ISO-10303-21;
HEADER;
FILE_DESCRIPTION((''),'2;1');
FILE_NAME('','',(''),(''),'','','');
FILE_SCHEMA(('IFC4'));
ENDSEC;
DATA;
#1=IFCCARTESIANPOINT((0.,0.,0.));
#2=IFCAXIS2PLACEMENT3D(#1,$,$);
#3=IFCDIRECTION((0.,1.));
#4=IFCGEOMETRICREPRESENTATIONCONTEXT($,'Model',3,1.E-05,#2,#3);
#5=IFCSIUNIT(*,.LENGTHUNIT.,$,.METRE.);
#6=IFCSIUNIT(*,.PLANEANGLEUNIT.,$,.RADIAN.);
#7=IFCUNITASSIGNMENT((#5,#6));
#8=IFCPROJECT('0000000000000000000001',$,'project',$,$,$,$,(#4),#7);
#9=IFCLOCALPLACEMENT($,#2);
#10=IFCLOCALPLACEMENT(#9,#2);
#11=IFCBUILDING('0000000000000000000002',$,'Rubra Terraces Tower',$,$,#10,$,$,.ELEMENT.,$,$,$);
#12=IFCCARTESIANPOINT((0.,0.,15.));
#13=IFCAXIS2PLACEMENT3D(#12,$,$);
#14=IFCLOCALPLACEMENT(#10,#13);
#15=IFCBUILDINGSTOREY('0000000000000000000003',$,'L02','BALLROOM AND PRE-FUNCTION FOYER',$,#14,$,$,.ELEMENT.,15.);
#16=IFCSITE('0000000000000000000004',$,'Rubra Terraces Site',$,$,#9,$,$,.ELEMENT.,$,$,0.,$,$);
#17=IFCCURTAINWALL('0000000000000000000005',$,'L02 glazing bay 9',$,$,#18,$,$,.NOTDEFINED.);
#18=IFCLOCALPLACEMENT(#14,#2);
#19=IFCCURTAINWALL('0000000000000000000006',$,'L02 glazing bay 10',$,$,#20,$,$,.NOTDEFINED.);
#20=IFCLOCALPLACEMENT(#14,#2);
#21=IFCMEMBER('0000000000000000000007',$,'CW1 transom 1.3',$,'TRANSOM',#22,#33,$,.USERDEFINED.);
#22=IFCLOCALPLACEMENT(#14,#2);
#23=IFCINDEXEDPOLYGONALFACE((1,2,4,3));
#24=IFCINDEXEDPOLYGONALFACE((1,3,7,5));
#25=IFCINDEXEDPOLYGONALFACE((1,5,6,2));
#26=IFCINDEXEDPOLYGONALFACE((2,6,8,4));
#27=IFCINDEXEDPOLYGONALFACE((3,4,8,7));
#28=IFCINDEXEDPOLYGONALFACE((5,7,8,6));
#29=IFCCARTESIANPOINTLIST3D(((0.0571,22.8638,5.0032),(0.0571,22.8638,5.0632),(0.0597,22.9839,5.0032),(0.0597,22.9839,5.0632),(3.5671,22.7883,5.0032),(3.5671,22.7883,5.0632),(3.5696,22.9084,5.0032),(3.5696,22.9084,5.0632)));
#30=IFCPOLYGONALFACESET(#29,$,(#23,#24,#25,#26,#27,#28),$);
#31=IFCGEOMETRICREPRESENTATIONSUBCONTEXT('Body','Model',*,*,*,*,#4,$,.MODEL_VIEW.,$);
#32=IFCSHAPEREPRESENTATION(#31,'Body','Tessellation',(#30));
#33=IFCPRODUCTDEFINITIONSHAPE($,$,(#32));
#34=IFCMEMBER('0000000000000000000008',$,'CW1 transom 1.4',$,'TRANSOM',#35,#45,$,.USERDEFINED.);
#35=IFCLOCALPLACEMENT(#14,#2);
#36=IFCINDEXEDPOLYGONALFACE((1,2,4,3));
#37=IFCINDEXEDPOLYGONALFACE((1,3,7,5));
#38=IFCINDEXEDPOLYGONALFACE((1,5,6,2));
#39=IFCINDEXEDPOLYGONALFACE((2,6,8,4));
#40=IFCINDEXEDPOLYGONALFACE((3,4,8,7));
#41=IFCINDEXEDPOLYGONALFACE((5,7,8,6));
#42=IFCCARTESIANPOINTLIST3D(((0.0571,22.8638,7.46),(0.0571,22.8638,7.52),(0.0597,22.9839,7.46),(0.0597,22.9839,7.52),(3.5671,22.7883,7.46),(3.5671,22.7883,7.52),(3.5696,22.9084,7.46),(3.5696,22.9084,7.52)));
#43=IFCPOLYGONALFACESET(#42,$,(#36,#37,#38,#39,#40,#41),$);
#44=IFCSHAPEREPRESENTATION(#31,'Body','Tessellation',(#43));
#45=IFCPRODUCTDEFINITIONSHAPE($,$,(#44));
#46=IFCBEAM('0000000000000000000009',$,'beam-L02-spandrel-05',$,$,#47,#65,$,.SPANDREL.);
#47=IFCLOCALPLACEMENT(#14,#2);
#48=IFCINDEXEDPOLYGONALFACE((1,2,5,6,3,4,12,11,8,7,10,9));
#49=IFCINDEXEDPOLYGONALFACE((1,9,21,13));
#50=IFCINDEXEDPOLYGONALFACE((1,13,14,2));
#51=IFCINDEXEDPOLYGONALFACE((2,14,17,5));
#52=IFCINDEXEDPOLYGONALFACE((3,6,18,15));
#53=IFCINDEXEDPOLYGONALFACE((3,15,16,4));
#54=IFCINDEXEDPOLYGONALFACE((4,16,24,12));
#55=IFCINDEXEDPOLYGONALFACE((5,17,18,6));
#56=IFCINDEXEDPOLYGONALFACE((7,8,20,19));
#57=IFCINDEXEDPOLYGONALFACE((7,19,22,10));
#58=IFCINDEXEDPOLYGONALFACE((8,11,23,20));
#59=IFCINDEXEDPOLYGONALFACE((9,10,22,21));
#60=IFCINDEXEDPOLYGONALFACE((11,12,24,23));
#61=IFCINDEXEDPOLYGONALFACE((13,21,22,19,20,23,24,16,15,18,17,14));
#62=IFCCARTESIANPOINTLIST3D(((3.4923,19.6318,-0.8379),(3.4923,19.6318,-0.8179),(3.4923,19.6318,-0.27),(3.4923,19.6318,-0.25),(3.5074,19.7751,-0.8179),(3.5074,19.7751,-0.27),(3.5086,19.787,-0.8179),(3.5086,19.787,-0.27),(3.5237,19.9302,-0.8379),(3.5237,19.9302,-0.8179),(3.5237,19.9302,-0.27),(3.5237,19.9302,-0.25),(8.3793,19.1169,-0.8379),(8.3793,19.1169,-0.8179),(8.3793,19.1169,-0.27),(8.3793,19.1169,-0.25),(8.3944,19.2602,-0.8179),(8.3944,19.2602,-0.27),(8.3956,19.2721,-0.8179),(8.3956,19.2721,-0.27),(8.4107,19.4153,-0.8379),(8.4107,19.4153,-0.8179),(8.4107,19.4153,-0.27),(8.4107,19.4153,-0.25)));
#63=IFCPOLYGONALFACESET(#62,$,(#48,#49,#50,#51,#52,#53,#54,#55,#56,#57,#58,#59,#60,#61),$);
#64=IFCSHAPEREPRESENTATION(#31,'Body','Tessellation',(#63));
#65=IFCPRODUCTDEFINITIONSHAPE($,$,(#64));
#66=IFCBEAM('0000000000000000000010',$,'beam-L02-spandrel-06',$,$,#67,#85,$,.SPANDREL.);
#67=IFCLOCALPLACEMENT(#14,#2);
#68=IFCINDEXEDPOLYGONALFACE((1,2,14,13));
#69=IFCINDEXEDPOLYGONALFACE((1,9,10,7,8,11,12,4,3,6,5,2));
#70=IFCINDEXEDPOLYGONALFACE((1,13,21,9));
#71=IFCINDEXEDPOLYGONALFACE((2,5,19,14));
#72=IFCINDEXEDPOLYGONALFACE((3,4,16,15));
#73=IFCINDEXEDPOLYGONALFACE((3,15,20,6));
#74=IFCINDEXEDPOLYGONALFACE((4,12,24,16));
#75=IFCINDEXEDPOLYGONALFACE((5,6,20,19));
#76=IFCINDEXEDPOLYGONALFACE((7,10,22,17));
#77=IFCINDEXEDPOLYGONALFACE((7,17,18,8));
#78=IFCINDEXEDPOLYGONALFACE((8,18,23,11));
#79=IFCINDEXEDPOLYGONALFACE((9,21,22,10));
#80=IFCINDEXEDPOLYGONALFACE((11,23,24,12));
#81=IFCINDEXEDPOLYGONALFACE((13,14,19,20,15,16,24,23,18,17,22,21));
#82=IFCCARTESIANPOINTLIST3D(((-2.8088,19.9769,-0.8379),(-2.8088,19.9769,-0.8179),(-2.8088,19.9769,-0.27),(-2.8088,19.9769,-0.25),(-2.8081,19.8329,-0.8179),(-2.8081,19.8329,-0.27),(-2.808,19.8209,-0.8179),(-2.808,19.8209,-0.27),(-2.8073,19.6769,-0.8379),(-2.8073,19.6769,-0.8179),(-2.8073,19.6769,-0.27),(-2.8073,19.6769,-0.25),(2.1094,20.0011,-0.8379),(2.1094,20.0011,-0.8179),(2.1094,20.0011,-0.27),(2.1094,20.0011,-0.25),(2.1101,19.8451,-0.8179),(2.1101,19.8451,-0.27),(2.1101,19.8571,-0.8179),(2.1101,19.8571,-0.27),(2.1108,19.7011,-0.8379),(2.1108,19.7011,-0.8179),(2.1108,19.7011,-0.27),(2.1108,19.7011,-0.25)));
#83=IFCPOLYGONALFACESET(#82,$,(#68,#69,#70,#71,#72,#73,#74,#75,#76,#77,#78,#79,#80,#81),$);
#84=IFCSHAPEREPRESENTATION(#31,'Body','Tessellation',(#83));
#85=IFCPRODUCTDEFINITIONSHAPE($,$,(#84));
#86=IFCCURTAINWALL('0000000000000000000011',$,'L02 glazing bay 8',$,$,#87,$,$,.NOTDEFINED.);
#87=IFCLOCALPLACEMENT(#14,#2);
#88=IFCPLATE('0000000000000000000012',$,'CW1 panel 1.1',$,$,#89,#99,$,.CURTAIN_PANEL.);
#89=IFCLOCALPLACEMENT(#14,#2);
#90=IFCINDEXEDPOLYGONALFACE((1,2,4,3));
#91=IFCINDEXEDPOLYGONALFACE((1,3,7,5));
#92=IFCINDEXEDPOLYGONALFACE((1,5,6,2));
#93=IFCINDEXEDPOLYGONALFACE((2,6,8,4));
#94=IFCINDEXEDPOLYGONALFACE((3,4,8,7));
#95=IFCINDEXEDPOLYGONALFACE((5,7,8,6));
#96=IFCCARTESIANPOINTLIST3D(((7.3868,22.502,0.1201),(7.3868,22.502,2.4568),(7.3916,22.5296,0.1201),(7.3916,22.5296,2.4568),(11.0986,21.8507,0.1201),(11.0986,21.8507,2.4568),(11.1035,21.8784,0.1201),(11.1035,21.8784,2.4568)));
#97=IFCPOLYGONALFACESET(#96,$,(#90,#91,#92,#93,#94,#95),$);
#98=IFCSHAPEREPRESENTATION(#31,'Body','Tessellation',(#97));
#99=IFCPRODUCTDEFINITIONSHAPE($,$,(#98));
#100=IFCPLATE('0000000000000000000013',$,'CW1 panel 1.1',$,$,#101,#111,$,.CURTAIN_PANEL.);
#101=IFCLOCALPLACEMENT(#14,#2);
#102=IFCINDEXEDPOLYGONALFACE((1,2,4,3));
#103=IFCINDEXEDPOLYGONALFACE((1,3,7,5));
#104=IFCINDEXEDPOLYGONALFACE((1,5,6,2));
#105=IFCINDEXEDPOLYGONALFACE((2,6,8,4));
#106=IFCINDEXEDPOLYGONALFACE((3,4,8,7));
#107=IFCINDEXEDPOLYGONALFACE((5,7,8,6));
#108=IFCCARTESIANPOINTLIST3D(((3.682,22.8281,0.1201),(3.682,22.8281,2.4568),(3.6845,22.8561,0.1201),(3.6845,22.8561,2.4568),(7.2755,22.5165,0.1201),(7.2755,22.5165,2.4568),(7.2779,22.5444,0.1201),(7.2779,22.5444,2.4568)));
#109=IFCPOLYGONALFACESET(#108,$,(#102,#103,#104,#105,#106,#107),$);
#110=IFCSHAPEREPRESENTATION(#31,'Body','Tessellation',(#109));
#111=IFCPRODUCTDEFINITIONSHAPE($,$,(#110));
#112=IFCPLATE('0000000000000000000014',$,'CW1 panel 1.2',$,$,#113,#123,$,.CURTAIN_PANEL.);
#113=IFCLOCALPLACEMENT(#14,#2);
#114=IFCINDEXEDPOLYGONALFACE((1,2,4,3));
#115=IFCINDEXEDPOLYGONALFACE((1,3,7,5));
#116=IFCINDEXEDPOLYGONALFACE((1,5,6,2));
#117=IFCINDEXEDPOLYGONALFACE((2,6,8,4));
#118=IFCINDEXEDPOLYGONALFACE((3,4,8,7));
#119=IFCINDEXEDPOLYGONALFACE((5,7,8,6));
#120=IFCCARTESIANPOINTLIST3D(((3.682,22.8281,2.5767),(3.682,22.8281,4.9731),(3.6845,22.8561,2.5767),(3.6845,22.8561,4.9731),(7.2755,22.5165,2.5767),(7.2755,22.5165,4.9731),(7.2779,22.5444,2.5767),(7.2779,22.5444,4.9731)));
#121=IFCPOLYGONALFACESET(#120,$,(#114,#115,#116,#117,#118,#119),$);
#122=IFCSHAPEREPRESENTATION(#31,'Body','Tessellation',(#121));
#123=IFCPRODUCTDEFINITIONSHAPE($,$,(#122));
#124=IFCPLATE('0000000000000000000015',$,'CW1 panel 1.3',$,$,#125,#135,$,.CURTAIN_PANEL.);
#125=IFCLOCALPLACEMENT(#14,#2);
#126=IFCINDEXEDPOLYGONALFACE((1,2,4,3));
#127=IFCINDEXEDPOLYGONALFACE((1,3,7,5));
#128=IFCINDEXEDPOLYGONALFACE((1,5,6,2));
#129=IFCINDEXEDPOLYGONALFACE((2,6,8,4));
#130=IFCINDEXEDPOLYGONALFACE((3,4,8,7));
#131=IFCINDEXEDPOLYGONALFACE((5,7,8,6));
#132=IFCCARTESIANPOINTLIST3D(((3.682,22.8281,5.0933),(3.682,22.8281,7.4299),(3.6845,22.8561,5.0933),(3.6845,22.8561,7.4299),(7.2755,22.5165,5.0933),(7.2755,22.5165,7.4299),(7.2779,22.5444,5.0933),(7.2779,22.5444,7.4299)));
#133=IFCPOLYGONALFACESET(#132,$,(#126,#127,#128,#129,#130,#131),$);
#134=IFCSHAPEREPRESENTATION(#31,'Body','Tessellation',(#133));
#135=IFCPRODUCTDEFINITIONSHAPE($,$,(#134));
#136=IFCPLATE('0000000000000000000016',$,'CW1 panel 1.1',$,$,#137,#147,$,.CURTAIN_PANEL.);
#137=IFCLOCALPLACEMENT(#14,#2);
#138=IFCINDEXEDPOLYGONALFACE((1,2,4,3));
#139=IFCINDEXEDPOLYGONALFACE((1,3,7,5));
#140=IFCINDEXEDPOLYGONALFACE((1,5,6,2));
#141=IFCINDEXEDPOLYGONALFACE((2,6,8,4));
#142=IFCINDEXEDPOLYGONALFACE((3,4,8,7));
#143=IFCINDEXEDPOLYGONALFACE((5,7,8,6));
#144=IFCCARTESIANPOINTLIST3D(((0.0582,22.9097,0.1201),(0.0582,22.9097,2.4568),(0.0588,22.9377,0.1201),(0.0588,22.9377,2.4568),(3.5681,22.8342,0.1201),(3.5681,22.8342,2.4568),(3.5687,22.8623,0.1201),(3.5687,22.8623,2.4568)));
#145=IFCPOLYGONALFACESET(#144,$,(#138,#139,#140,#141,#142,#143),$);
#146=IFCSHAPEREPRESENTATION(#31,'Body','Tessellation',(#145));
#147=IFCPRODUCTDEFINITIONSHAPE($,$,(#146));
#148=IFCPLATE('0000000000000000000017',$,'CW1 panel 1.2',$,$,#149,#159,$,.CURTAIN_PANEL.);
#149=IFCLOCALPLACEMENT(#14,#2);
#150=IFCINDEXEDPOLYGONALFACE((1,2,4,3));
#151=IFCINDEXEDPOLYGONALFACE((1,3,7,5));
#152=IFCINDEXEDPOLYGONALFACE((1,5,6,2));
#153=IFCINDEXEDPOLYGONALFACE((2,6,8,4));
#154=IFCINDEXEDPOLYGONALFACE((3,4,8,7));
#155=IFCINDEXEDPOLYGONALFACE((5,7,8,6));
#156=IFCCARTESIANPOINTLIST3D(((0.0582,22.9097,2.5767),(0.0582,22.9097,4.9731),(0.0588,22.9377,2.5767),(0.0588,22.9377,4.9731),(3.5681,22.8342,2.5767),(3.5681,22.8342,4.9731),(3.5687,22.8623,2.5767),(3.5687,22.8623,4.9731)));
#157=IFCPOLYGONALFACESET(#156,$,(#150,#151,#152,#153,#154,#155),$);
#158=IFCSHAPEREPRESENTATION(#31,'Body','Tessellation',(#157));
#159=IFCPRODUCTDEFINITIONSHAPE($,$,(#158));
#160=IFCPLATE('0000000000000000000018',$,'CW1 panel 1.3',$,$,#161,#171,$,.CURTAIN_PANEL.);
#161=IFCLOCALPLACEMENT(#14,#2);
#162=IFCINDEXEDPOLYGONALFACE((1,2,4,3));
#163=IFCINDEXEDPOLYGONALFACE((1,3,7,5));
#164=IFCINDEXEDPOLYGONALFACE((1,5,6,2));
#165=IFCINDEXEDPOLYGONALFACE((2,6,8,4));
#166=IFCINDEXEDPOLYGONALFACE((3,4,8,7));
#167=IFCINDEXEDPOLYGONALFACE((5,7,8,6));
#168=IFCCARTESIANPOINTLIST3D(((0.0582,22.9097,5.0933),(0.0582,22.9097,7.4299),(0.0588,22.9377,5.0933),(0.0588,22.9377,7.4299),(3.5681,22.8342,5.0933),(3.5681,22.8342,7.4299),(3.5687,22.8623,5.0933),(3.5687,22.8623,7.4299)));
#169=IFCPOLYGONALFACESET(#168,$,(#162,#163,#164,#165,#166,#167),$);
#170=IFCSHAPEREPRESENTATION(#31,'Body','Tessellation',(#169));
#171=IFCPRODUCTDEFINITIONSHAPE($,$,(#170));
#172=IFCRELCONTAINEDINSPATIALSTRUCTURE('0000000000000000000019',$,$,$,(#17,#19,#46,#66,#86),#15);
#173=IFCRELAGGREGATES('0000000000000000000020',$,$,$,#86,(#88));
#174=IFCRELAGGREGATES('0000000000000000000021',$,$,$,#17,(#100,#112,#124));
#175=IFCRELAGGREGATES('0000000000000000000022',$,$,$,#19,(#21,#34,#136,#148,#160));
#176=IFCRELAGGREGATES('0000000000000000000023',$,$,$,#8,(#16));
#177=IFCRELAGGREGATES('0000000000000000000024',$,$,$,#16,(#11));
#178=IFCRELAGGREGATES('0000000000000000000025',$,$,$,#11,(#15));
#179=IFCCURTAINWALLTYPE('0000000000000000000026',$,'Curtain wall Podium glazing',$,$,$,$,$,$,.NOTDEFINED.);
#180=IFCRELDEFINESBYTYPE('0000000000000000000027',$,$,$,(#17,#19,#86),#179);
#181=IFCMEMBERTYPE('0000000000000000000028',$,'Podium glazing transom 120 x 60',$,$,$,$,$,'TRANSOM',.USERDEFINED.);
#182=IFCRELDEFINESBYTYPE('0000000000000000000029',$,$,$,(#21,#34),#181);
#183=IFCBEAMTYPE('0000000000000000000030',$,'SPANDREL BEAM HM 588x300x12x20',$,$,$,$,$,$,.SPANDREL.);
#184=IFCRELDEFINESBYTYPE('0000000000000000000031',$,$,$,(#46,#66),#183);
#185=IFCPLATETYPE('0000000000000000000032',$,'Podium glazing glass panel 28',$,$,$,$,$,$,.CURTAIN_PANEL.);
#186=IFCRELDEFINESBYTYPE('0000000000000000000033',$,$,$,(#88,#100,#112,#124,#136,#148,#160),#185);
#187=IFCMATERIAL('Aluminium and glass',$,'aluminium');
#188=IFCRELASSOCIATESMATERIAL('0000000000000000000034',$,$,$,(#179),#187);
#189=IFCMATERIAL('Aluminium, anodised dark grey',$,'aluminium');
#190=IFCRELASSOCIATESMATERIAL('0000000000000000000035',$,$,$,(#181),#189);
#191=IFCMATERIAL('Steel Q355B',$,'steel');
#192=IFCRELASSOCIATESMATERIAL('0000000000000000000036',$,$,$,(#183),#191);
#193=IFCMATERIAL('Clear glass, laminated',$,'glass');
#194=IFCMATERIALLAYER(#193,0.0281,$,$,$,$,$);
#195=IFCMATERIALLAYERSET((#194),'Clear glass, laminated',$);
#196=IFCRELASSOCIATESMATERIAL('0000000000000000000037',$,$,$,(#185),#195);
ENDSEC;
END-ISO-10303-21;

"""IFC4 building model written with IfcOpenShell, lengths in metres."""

from ifc_helpers import new_model, si_unit, direction, frame, origin, origin_2d, place, context, subcontext, project, spatial, rectangle, i_section, extrude, material, layer, layer_set, material_profile, profile_set, type_object, element, aggregate, save


model = new_model("IFC4")

# Units and contexts
model_context = context("Model", 3, precision=1e-05, world=origin(), true_north=direction((0.0, 1.0)))
body_context = subcontext(model_context, "Body", "Model", "MODEL_VIEW")
ifc_project = project(units=[si_unit("LENGTHUNIT", "METRE"), si_unit("PLANEANGLEUNIT", "RADIAN")], contexts=[model_context])

# Site, building, storey
site_placement = place(None, origin())
site = spatial("IfcSite", under=ifc_project, at=site_placement, Name="Rubra Terraces Site", CompositionType="ELEMENT", RefElevation=0.0)
building_placement = place(site_placement, origin())
building = spatial("IfcBuilding", under=site, at=building_placement, Name="Rubra Terraces Tower", CompositionType="ELEMENT")
storey_placement = place(building_placement, frame((0.0, 0.0, 15.0)))
storey = spatial("IfcBuildingStorey", under=building, at=storey_placement, Name="L02", Description="BALLROOM AND PRE-FUNCTION FOYER", CompositionType="ELEMENT", Elevation=15.0)

# Shared definitions
ifc_material_1 = material(Name="Steel Q355B", Category="steel")

# Curtain walls
ifc_material_2 = material(Name="Aluminium and glass", Category="aluminium")
curtain_wall_type = type_object("IfcCurtainWallType", Name="Curtain wall Podium glazing", PredefinedType="NOTDEFINED", material=ifc_material_2)
curtain_wall_1_placement = place(storey_placement, origin())
curtain_wall_1 = element("IfcCurtainWall", 1, at=curtain_wall_1_placement, inside=storey, type_object=curtain_wall_type, Name="L02 glazing bay 9", PredefinedType="NOTDEFINED")
ifc_material_3 = material(Name="Aluminium, anodised dark grey", Category="aluminium")
curtain_wall_2_placement = place(storey_placement, origin())
curtain_wall_2 = element("IfcCurtainWall", 2, at=curtain_wall_2_placement, inside=storey, type_object=curtain_wall_type, Name="L02 glazing bay 10", PredefinedType="NOTDEFINED")

# Members
ifc_material_profile_1 = material_profile(ifc_material_3, rectangle(XDim=0.1201, YDim=0.0601, at=origin_2d()), Name="AL 120x60")
ifc_profile_set_1 = profile_set([ifc_material_profile_1], Name="Aluminium, anodised dark grey")
member_type_1 = type_object("IfcMemberType", Name="Podium glazing transom 120 x 60", ElementType="TRANSOM", PredefinedType="USERDEFINED", material=ifc_profile_set_1)
member_1_placement = place(storey_placement, frame((3.5684, 22.8484, 5.0332), z_axis=(-0.999769, 0.021488, 0.0), x_axis=(-0.021488, -0.999769, 0.0)))
member_1 = element("IfcMember", 3, at=member_1_placement, type_object=member_type_1, Name="CW1 transom 1.3", ObjectType="TRANSOM", PredefinedType="USERDEFINED", context=body_context, shape_type="SweptSolid", body=[
    extrude(rectangle(XDim=0.1201, YDim=0.0601, at=origin_2d()), origin(), (0.0, 0.0, 1.0), 3.5107),
])
member_2_placement = place(storey_placement, frame((3.5684, 22.8484, 7.49), z_axis=(-0.999769, 0.021488, 0.0), x_axis=(-0.021488, -0.999769, 0.0)))
member_2 = element("IfcMember", 4, at=member_2_placement, type_object=member_type_1, Name="CW1 transom 1.4", ObjectType="TRANSOM", PredefinedType="USERDEFINED", context=body_context, shape_type="SweptSolid", body=[
    extrude(rectangle(XDim=0.1201, YDim=0.0601, at=origin_2d()), origin(), (0.0, 0.0, 1.0), 3.5107),
])

# Beams
ifc_material_profile_2 = material_profile(ifc_material_1, i_section(OverallWidth=0.3, OverallDepth=0.5879, WebThickness=0.012, FlangeThickness=0.02, at=origin_2d()), Name="HM 588x300x12x20")
ifc_profile_set_2 = profile_set([ifc_material_profile_2], Name="Steel Q355B")
beam_type_1 = type_object("IfcBeamType", Name="SPANDREL BEAM HM 588x300x12x20", PredefinedType="SPANDREL", material=ifc_profile_set_2)
beam_1_placement = place(storey_placement, frame((8.395, 19.2661, -0.5439), z_axis=(-0.994495, 0.10478, 0.0), x_axis=(-0.10478, -0.994495, 0.0)))
element("IfcBeam", 5, at=beam_1_placement, inside=storey, type_object=beam_type_1, Name="beam-L02-spandrel-05", PredefinedType="SPANDREL", context=body_context, shape_type="SweptSolid", body=[
    extrude(i_section(OverallWidth=0.3, OverallDepth=0.5879, WebThickness=0.012, FlangeThickness=0.02, at=origin_2d()), origin(), (0.0, 0.0, 1.0), 4.9141),
])
beam_2_placement = place(storey_placement, frame((2.1101, 19.8511, -0.5439), z_axis=(-0.999988, -0.004914, 0.0), x_axis=(0.004914, -0.999988, 0.0)))
element("IfcBeam", 6, at=beam_2_placement, inside=storey, type_object=beam_type_1, Name="beam-L02-spandrel-06", PredefinedType="SPANDREL", context=body_context, shape_type="SweptSolid", body=[
    extrude(i_section(OverallWidth=0.3, OverallDepth=0.5879, WebThickness=0.012, FlangeThickness=0.02, at=origin_2d()), origin(), (0.0, 0.0, 1.0), 4.9182),
])

# Curtain wall, plate
curtain_wall_3_placement = place(storey_placement, origin())
curtain_wall_3 = element("IfcCurtainWall", 7, at=curtain_wall_3_placement, inside=storey, type_object=curtain_wall_type, Name="L02 glazing bay 8", PredefinedType="NOTDEFINED")
ifc_material_4 = material(Name="Clear glass, laminated", Category="glass")
ifc_layer = layer(ifc_material_4, 0.0281)
ifc_layer_set = layer_set([ifc_layer], Name="Clear glass, laminated")
plate_type = type_object("IfcPlateType", Name="Podium glazing glass panel 28", PredefinedType="CURTAIN_PANEL", material=ifc_layer_set)
plate_1_placement = place(storey_placement, frame((9.2451, 22.1902, 0.1201), z_axis=(0.0, 0.0, 1.0), x_axis=(-0.984954, 0.172817, 0.0)))
plate_1 = element("IfcPlate", 8, at=plate_1_placement, type_object=plate_type, Name="CW1 panel 1.1", PredefinedType="CURTAIN_PANEL", context=body_context, shape_type="SweptSolid", body=[
    extrude(rectangle(XDim=3.7686, YDim=0.0281, at=origin_2d()), origin(), (0.0, 0.0, 1.0), 2.3367),
])
aggregate(curtain_wall_3, [plate_1])

# Plates
plate_2_placement = place(storey_placement, frame((5.48, 22.6863, 0.1201), z_axis=(0.0, 0.0, 1.0), x_axis=(-0.996261, 0.086398, 0.0)))
plate_2 = element("IfcPlate", 9, at=plate_2_placement, type_object=plate_type, Name="CW1 panel 1.1", PredefinedType="CURTAIN_PANEL", context=body_context, shape_type="SweptSolid", body=[
    extrude(rectangle(XDim=3.6069, YDim=0.0281, at=origin_2d()), origin(), (0.0, 0.0, 1.0), 2.3367),
])
plate_3_placement = place(storey_placement, frame((5.48, 22.6863, 2.5767), z_axis=(0.0, 0.0, 1.0), x_axis=(-0.996261, 0.086398, 0.0)))
plate_3 = element("IfcPlate", 10, at=plate_3_placement, type_object=plate_type, Name="CW1 panel 1.2", PredefinedType="CURTAIN_PANEL", context=body_context, shape_type="SweptSolid", body=[
    extrude(rectangle(XDim=3.6069, YDim=0.0281, at=origin_2d()), origin(), (0.0, 0.0, 1.0), 2.3965),
])
plate_4_placement = place(storey_placement, frame((5.48, 22.6863, 5.0933), z_axis=(0.0, 0.0, 1.0), x_axis=(-0.996261, 0.086398, 0.0)))
plate_4 = element("IfcPlate", 11, at=plate_4_placement, type_object=plate_type, Name="CW1 panel 1.3", PredefinedType="CURTAIN_PANEL", context=body_context, shape_type="SweptSolid", body=[
    extrude(rectangle(XDim=3.6069, YDim=0.0281, at=origin_2d()), origin(), (0.0, 0.0, 1.0), 2.3367),
])
aggregate(curtain_wall_1, [plate_2, plate_3, plate_4])
plate_5_placement = place(storey_placement, frame((1.8135, 22.886, 0.1201), z_axis=(0.0, 0.0, 1.0), x_axis=(-0.999769, 0.021483, 0.0)))
plate_5 = element("IfcPlate", 12, at=plate_5_placement, type_object=plate_type, Name="CW1 panel 1.1", PredefinedType="CURTAIN_PANEL", context=body_context, shape_type="SweptSolid", body=[
    extrude(rectangle(XDim=3.5107, YDim=0.0281, at=origin_2d()), origin(), (0.0, 0.0, 1.0), 2.3367),
])
plate_6_placement = place(storey_placement, frame((1.8135, 22.886, 2.5767), z_axis=(0.0, 0.0, 1.0), x_axis=(-0.999769, 0.021483, 0.0)))
plate_6 = element("IfcPlate", 13, at=plate_6_placement, type_object=plate_type, Name="CW1 panel 1.2", PredefinedType="CURTAIN_PANEL", context=body_context, shape_type="SweptSolid", body=[
    extrude(rectangle(XDim=3.5107, YDim=0.0281, at=origin_2d()), origin(), (0.0, 0.0, 1.0), 2.3965),
])
plate_7_placement = place(storey_placement, frame((1.8135, 22.886, 5.0933), z_axis=(0.0, 0.0, 1.0), x_axis=(-0.999769, 0.021483, 0.0)))
plate_7 = element("IfcPlate", 14, at=plate_7_placement, type_object=plate_type, Name="CW1 panel 1.3", PredefinedType="CURTAIN_PANEL", context=body_context, shape_type="SweptSolid", body=[
    extrude(rectangle(XDim=3.5107, YDim=0.0281, at=origin_2d()), origin(), (0.0, 0.0, 1.0), 2.3367),
])
aggregate(curtain_wall_2, [member_1, member_2, plate_5, plate_6, plate_7])

save(model, "model.ifc")
